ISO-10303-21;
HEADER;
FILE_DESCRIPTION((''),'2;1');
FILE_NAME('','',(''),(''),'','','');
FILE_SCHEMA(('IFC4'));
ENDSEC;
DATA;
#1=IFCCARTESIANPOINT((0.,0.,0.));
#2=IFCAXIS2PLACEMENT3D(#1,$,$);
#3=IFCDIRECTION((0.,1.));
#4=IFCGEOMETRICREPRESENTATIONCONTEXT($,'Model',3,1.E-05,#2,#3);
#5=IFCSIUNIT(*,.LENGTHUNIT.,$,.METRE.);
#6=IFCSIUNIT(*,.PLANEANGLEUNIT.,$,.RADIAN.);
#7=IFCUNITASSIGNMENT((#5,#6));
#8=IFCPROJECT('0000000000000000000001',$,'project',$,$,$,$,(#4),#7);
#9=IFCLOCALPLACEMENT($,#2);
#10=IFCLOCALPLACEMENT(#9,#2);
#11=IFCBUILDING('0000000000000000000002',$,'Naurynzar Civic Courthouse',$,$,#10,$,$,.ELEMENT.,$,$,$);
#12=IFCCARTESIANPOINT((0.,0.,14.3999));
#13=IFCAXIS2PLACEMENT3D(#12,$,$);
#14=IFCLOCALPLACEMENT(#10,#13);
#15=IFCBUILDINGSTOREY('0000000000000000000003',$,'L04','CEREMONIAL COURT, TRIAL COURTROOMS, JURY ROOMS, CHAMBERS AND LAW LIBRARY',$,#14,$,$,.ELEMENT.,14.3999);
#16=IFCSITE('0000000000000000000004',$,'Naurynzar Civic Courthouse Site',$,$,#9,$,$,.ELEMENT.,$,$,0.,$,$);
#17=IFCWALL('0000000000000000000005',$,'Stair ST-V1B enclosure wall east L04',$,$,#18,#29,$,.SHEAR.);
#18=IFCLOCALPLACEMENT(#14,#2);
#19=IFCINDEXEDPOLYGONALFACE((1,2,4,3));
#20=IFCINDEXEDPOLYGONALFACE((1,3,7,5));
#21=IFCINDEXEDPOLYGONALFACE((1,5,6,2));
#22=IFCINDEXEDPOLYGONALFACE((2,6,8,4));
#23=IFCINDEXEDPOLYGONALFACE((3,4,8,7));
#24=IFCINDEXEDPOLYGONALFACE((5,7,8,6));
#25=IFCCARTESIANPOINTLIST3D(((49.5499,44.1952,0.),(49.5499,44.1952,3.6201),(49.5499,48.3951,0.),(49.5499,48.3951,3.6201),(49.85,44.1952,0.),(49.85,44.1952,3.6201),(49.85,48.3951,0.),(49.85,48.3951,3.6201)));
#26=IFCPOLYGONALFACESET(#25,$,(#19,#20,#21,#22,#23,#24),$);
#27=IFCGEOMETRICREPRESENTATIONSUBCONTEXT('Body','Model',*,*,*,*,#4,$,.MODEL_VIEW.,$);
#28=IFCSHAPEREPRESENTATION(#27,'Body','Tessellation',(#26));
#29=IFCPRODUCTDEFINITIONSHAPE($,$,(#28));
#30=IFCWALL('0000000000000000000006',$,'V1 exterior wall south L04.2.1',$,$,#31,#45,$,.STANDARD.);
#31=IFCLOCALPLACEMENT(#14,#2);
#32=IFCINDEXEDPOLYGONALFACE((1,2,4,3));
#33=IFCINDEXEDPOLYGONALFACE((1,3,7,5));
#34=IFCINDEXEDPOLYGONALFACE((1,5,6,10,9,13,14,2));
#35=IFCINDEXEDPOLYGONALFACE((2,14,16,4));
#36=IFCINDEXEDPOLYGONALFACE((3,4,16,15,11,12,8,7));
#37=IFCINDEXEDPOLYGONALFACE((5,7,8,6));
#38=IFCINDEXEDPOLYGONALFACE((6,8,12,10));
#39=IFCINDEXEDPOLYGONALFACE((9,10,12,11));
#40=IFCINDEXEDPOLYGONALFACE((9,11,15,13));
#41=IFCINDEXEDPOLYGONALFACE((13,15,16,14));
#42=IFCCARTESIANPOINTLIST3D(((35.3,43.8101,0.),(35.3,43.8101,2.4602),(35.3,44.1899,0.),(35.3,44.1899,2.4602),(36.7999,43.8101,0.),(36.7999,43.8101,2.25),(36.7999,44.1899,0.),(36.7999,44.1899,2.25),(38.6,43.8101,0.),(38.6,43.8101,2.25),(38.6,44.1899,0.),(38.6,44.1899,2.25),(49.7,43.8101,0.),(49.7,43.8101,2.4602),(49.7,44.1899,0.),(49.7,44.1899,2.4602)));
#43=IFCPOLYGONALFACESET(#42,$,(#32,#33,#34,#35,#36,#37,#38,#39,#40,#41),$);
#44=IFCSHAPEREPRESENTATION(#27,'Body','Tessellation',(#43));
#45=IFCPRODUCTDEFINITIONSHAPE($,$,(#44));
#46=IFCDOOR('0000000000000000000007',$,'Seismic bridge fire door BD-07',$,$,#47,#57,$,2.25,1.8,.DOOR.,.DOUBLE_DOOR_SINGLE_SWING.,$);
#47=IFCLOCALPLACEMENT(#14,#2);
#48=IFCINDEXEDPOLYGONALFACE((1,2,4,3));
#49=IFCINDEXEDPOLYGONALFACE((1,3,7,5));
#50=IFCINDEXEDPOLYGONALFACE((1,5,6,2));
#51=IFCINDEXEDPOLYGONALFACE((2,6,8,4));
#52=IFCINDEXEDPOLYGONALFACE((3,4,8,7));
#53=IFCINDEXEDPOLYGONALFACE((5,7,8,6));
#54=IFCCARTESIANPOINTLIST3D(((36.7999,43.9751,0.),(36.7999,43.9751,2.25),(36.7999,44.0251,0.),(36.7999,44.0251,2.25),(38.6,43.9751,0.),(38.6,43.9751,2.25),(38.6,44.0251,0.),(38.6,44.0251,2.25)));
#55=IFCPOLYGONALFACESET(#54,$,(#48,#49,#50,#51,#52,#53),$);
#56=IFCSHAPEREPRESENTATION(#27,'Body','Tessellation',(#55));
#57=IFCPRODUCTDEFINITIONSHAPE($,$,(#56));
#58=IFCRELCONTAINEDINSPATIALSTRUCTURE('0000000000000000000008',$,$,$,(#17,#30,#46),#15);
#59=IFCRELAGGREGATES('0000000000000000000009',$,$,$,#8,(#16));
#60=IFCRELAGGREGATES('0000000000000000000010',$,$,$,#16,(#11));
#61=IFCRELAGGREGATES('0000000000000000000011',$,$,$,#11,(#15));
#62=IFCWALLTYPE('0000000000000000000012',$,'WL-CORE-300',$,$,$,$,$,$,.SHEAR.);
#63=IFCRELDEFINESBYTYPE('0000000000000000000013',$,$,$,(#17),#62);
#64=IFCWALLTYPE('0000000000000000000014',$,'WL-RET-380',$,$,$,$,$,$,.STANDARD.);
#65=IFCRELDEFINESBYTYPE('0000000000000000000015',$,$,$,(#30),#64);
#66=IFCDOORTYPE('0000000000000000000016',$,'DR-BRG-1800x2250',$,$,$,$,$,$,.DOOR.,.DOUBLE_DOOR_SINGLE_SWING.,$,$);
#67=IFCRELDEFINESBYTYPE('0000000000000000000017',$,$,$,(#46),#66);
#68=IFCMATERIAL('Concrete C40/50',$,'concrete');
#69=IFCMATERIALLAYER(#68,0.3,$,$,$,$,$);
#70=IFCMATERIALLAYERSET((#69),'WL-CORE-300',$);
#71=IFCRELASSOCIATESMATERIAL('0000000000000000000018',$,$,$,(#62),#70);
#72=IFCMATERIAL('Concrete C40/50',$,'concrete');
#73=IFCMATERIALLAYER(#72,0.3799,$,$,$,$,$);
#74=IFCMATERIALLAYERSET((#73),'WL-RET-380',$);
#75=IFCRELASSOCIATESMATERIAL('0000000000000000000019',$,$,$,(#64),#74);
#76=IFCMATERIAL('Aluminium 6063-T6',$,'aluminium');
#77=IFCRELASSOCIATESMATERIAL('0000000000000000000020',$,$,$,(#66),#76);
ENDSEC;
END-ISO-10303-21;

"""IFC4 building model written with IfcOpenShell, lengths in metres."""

from ifc_helpers import new_model, si_unit, direction, frame, frame_2d, origin, place, context, subcontext, project, spatial, rectangle, extrude, material, layer, layer_set, type_object, element, fill, save


model = new_model("IFC4")

# Units and contexts
model_context = context("Model", 3, precision=1e-05, world=origin(), true_north=direction((0.0, 1.0)))
body_context = subcontext(model_context, "Body", "Model", "MODEL_VIEW")
ifc_project = project(units=[si_unit("LENGTHUNIT", "METRE"), si_unit("PLANEANGLEUNIT", "RADIAN")], contexts=[model_context])

# Site, building, storey
site_placement = place(None, origin())
site = spatial("IfcSite", under=ifc_project, at=site_placement, Name="Naurynzar Civic Courthouse Site", CompositionType="ELEMENT", RefElevation=0.0)
building_placement = place(site_placement, origin())
building = spatial("IfcBuilding", under=site, at=building_placement, Name="Naurynzar Civic Courthouse", CompositionType="ELEMENT")
storey_placement = place(building_placement, frame((0.0, 0.0, 14.3999)))
storey = spatial("IfcBuildingStorey", under=building, at=storey_placement, Name="L04", Description="CEREMONIAL COURT, TRIAL COURTROOMS, JURY ROOMS, CHAMBERS AND LAW LIBRARY", CompositionType="ELEMENT", Elevation=14.3999)

# Wall
ifc_material_1 = material(Name="Concrete C40/50", Category="concrete")
ifc_layer_1 = layer(ifc_material_1, 0.3)
ifc_layer_set_1 = layer_set([ifc_layer_1], Name="WL-CORE-300")
wall_type_1 = type_object("IfcWallType", Name="WL-CORE-300", PredefinedType="SHEAR", material=ifc_layer_set_1)
wall_1_placement = place(storey_placement, frame((49.7, 44.1951, 0.0), z_axis=(0.0, 0.0, 1.0), x_axis=(0.0, 1.0, 0.0)))
element("IfcWall", 1, at=wall_1_placement, inside=storey, type_object=wall_type_1, Name="Stair ST-V1B enclosure wall east L04", PredefinedType="SHEAR", context=body_context, shape_type="SweptSolid", body=[
    extrude(rectangle(XDim=4.2, YDim=0.3, at=frame_2d((2.1001, 0.0))), origin(), (0.0, 0.0, 1.0), 3.6201),
])

# Wall, opening, door
ifc_material_2 = material(Name="Concrete C40/50", Category="concrete")
ifc_layer_2 = layer(ifc_material_2, 0.3799)
ifc_layer_set_2 = layer_set([ifc_layer_2], Name="WL-RET-380")
wall_type_2 = type_object("IfcWallType", Name="WL-RET-380", PredefinedType="STANDARD", material=ifc_layer_set_2)
wall_2_placement = place(storey_placement, frame((49.7, 44.0, 0.0), z_axis=(0.0, 0.0, 1.0), x_axis=(-1.0, 0.0, 0.0)))
wall_2 = element("IfcWall", 2, at=wall_2_placement, inside=storey, type_object=wall_type_2, Name="V1 exterior wall south L04.2.1", PredefinedType="STANDARD", context=body_context, shape_type="SweptSolid", body=[
    extrude(rectangle(XDim=14.3999, YDim=0.3799, at=frame_2d((7.2, 0.0))), origin(), (0.0, 0.0, 1.0), 2.4602),
])
opening_placement = place(wall_2_placement, frame((11.1001, 0.0, 0.0)))
opening = element("IfcOpeningElement", 3, at=opening_placement, cuts=wall_2, PredefinedType="OPENING", context=body_context, shape_type="SweptSolid", body=[
    extrude(rectangle(XDim=1.8, YDim=2.25, at=frame_2d((0.8999, 1.125))), frame((0.0, 0.2, 0.0), z_axis=(0.0, -1.0, 0.0), x_axis=(1.0, 0.0, 0.0)), (0.0, 0.0, 1.0), 0.3999),
])
ifc_material_3 = material(Name="Aluminium 6063-T6", Category="aluminium")
door_type = type_object("IfcDoorType", Name="DR-BRG-1800x2250", OperationType="DOUBLE_DOOR_SINGLE_SWING", PredefinedType="DOOR", material=ifc_material_3)
door_placement = place(opening_placement, origin())
door = element("IfcDoor", 4, at=door_placement, inside=storey, type_object=door_type, Name="Seismic bridge fire door BD-07", OperationType="DOUBLE_DOOR_SINGLE_SWING", OverallHeight=2.25, OverallWidth=1.8, PredefinedType="DOOR", context=body_context, shape_type="SweptSolid", body=[
    extrude(rectangle(XDim=1.8, YDim=2.25, at=frame_2d((0.8999, 1.125))), frame((0.0, 0.0249, 0.0), z_axis=(0.0, -1.0, 0.0), x_axis=(1.0, 0.0, 0.0)), (0.0, 0.0, 1.0), 0.05),
])
fill(opening, door)

save(model, "model.ifc")
